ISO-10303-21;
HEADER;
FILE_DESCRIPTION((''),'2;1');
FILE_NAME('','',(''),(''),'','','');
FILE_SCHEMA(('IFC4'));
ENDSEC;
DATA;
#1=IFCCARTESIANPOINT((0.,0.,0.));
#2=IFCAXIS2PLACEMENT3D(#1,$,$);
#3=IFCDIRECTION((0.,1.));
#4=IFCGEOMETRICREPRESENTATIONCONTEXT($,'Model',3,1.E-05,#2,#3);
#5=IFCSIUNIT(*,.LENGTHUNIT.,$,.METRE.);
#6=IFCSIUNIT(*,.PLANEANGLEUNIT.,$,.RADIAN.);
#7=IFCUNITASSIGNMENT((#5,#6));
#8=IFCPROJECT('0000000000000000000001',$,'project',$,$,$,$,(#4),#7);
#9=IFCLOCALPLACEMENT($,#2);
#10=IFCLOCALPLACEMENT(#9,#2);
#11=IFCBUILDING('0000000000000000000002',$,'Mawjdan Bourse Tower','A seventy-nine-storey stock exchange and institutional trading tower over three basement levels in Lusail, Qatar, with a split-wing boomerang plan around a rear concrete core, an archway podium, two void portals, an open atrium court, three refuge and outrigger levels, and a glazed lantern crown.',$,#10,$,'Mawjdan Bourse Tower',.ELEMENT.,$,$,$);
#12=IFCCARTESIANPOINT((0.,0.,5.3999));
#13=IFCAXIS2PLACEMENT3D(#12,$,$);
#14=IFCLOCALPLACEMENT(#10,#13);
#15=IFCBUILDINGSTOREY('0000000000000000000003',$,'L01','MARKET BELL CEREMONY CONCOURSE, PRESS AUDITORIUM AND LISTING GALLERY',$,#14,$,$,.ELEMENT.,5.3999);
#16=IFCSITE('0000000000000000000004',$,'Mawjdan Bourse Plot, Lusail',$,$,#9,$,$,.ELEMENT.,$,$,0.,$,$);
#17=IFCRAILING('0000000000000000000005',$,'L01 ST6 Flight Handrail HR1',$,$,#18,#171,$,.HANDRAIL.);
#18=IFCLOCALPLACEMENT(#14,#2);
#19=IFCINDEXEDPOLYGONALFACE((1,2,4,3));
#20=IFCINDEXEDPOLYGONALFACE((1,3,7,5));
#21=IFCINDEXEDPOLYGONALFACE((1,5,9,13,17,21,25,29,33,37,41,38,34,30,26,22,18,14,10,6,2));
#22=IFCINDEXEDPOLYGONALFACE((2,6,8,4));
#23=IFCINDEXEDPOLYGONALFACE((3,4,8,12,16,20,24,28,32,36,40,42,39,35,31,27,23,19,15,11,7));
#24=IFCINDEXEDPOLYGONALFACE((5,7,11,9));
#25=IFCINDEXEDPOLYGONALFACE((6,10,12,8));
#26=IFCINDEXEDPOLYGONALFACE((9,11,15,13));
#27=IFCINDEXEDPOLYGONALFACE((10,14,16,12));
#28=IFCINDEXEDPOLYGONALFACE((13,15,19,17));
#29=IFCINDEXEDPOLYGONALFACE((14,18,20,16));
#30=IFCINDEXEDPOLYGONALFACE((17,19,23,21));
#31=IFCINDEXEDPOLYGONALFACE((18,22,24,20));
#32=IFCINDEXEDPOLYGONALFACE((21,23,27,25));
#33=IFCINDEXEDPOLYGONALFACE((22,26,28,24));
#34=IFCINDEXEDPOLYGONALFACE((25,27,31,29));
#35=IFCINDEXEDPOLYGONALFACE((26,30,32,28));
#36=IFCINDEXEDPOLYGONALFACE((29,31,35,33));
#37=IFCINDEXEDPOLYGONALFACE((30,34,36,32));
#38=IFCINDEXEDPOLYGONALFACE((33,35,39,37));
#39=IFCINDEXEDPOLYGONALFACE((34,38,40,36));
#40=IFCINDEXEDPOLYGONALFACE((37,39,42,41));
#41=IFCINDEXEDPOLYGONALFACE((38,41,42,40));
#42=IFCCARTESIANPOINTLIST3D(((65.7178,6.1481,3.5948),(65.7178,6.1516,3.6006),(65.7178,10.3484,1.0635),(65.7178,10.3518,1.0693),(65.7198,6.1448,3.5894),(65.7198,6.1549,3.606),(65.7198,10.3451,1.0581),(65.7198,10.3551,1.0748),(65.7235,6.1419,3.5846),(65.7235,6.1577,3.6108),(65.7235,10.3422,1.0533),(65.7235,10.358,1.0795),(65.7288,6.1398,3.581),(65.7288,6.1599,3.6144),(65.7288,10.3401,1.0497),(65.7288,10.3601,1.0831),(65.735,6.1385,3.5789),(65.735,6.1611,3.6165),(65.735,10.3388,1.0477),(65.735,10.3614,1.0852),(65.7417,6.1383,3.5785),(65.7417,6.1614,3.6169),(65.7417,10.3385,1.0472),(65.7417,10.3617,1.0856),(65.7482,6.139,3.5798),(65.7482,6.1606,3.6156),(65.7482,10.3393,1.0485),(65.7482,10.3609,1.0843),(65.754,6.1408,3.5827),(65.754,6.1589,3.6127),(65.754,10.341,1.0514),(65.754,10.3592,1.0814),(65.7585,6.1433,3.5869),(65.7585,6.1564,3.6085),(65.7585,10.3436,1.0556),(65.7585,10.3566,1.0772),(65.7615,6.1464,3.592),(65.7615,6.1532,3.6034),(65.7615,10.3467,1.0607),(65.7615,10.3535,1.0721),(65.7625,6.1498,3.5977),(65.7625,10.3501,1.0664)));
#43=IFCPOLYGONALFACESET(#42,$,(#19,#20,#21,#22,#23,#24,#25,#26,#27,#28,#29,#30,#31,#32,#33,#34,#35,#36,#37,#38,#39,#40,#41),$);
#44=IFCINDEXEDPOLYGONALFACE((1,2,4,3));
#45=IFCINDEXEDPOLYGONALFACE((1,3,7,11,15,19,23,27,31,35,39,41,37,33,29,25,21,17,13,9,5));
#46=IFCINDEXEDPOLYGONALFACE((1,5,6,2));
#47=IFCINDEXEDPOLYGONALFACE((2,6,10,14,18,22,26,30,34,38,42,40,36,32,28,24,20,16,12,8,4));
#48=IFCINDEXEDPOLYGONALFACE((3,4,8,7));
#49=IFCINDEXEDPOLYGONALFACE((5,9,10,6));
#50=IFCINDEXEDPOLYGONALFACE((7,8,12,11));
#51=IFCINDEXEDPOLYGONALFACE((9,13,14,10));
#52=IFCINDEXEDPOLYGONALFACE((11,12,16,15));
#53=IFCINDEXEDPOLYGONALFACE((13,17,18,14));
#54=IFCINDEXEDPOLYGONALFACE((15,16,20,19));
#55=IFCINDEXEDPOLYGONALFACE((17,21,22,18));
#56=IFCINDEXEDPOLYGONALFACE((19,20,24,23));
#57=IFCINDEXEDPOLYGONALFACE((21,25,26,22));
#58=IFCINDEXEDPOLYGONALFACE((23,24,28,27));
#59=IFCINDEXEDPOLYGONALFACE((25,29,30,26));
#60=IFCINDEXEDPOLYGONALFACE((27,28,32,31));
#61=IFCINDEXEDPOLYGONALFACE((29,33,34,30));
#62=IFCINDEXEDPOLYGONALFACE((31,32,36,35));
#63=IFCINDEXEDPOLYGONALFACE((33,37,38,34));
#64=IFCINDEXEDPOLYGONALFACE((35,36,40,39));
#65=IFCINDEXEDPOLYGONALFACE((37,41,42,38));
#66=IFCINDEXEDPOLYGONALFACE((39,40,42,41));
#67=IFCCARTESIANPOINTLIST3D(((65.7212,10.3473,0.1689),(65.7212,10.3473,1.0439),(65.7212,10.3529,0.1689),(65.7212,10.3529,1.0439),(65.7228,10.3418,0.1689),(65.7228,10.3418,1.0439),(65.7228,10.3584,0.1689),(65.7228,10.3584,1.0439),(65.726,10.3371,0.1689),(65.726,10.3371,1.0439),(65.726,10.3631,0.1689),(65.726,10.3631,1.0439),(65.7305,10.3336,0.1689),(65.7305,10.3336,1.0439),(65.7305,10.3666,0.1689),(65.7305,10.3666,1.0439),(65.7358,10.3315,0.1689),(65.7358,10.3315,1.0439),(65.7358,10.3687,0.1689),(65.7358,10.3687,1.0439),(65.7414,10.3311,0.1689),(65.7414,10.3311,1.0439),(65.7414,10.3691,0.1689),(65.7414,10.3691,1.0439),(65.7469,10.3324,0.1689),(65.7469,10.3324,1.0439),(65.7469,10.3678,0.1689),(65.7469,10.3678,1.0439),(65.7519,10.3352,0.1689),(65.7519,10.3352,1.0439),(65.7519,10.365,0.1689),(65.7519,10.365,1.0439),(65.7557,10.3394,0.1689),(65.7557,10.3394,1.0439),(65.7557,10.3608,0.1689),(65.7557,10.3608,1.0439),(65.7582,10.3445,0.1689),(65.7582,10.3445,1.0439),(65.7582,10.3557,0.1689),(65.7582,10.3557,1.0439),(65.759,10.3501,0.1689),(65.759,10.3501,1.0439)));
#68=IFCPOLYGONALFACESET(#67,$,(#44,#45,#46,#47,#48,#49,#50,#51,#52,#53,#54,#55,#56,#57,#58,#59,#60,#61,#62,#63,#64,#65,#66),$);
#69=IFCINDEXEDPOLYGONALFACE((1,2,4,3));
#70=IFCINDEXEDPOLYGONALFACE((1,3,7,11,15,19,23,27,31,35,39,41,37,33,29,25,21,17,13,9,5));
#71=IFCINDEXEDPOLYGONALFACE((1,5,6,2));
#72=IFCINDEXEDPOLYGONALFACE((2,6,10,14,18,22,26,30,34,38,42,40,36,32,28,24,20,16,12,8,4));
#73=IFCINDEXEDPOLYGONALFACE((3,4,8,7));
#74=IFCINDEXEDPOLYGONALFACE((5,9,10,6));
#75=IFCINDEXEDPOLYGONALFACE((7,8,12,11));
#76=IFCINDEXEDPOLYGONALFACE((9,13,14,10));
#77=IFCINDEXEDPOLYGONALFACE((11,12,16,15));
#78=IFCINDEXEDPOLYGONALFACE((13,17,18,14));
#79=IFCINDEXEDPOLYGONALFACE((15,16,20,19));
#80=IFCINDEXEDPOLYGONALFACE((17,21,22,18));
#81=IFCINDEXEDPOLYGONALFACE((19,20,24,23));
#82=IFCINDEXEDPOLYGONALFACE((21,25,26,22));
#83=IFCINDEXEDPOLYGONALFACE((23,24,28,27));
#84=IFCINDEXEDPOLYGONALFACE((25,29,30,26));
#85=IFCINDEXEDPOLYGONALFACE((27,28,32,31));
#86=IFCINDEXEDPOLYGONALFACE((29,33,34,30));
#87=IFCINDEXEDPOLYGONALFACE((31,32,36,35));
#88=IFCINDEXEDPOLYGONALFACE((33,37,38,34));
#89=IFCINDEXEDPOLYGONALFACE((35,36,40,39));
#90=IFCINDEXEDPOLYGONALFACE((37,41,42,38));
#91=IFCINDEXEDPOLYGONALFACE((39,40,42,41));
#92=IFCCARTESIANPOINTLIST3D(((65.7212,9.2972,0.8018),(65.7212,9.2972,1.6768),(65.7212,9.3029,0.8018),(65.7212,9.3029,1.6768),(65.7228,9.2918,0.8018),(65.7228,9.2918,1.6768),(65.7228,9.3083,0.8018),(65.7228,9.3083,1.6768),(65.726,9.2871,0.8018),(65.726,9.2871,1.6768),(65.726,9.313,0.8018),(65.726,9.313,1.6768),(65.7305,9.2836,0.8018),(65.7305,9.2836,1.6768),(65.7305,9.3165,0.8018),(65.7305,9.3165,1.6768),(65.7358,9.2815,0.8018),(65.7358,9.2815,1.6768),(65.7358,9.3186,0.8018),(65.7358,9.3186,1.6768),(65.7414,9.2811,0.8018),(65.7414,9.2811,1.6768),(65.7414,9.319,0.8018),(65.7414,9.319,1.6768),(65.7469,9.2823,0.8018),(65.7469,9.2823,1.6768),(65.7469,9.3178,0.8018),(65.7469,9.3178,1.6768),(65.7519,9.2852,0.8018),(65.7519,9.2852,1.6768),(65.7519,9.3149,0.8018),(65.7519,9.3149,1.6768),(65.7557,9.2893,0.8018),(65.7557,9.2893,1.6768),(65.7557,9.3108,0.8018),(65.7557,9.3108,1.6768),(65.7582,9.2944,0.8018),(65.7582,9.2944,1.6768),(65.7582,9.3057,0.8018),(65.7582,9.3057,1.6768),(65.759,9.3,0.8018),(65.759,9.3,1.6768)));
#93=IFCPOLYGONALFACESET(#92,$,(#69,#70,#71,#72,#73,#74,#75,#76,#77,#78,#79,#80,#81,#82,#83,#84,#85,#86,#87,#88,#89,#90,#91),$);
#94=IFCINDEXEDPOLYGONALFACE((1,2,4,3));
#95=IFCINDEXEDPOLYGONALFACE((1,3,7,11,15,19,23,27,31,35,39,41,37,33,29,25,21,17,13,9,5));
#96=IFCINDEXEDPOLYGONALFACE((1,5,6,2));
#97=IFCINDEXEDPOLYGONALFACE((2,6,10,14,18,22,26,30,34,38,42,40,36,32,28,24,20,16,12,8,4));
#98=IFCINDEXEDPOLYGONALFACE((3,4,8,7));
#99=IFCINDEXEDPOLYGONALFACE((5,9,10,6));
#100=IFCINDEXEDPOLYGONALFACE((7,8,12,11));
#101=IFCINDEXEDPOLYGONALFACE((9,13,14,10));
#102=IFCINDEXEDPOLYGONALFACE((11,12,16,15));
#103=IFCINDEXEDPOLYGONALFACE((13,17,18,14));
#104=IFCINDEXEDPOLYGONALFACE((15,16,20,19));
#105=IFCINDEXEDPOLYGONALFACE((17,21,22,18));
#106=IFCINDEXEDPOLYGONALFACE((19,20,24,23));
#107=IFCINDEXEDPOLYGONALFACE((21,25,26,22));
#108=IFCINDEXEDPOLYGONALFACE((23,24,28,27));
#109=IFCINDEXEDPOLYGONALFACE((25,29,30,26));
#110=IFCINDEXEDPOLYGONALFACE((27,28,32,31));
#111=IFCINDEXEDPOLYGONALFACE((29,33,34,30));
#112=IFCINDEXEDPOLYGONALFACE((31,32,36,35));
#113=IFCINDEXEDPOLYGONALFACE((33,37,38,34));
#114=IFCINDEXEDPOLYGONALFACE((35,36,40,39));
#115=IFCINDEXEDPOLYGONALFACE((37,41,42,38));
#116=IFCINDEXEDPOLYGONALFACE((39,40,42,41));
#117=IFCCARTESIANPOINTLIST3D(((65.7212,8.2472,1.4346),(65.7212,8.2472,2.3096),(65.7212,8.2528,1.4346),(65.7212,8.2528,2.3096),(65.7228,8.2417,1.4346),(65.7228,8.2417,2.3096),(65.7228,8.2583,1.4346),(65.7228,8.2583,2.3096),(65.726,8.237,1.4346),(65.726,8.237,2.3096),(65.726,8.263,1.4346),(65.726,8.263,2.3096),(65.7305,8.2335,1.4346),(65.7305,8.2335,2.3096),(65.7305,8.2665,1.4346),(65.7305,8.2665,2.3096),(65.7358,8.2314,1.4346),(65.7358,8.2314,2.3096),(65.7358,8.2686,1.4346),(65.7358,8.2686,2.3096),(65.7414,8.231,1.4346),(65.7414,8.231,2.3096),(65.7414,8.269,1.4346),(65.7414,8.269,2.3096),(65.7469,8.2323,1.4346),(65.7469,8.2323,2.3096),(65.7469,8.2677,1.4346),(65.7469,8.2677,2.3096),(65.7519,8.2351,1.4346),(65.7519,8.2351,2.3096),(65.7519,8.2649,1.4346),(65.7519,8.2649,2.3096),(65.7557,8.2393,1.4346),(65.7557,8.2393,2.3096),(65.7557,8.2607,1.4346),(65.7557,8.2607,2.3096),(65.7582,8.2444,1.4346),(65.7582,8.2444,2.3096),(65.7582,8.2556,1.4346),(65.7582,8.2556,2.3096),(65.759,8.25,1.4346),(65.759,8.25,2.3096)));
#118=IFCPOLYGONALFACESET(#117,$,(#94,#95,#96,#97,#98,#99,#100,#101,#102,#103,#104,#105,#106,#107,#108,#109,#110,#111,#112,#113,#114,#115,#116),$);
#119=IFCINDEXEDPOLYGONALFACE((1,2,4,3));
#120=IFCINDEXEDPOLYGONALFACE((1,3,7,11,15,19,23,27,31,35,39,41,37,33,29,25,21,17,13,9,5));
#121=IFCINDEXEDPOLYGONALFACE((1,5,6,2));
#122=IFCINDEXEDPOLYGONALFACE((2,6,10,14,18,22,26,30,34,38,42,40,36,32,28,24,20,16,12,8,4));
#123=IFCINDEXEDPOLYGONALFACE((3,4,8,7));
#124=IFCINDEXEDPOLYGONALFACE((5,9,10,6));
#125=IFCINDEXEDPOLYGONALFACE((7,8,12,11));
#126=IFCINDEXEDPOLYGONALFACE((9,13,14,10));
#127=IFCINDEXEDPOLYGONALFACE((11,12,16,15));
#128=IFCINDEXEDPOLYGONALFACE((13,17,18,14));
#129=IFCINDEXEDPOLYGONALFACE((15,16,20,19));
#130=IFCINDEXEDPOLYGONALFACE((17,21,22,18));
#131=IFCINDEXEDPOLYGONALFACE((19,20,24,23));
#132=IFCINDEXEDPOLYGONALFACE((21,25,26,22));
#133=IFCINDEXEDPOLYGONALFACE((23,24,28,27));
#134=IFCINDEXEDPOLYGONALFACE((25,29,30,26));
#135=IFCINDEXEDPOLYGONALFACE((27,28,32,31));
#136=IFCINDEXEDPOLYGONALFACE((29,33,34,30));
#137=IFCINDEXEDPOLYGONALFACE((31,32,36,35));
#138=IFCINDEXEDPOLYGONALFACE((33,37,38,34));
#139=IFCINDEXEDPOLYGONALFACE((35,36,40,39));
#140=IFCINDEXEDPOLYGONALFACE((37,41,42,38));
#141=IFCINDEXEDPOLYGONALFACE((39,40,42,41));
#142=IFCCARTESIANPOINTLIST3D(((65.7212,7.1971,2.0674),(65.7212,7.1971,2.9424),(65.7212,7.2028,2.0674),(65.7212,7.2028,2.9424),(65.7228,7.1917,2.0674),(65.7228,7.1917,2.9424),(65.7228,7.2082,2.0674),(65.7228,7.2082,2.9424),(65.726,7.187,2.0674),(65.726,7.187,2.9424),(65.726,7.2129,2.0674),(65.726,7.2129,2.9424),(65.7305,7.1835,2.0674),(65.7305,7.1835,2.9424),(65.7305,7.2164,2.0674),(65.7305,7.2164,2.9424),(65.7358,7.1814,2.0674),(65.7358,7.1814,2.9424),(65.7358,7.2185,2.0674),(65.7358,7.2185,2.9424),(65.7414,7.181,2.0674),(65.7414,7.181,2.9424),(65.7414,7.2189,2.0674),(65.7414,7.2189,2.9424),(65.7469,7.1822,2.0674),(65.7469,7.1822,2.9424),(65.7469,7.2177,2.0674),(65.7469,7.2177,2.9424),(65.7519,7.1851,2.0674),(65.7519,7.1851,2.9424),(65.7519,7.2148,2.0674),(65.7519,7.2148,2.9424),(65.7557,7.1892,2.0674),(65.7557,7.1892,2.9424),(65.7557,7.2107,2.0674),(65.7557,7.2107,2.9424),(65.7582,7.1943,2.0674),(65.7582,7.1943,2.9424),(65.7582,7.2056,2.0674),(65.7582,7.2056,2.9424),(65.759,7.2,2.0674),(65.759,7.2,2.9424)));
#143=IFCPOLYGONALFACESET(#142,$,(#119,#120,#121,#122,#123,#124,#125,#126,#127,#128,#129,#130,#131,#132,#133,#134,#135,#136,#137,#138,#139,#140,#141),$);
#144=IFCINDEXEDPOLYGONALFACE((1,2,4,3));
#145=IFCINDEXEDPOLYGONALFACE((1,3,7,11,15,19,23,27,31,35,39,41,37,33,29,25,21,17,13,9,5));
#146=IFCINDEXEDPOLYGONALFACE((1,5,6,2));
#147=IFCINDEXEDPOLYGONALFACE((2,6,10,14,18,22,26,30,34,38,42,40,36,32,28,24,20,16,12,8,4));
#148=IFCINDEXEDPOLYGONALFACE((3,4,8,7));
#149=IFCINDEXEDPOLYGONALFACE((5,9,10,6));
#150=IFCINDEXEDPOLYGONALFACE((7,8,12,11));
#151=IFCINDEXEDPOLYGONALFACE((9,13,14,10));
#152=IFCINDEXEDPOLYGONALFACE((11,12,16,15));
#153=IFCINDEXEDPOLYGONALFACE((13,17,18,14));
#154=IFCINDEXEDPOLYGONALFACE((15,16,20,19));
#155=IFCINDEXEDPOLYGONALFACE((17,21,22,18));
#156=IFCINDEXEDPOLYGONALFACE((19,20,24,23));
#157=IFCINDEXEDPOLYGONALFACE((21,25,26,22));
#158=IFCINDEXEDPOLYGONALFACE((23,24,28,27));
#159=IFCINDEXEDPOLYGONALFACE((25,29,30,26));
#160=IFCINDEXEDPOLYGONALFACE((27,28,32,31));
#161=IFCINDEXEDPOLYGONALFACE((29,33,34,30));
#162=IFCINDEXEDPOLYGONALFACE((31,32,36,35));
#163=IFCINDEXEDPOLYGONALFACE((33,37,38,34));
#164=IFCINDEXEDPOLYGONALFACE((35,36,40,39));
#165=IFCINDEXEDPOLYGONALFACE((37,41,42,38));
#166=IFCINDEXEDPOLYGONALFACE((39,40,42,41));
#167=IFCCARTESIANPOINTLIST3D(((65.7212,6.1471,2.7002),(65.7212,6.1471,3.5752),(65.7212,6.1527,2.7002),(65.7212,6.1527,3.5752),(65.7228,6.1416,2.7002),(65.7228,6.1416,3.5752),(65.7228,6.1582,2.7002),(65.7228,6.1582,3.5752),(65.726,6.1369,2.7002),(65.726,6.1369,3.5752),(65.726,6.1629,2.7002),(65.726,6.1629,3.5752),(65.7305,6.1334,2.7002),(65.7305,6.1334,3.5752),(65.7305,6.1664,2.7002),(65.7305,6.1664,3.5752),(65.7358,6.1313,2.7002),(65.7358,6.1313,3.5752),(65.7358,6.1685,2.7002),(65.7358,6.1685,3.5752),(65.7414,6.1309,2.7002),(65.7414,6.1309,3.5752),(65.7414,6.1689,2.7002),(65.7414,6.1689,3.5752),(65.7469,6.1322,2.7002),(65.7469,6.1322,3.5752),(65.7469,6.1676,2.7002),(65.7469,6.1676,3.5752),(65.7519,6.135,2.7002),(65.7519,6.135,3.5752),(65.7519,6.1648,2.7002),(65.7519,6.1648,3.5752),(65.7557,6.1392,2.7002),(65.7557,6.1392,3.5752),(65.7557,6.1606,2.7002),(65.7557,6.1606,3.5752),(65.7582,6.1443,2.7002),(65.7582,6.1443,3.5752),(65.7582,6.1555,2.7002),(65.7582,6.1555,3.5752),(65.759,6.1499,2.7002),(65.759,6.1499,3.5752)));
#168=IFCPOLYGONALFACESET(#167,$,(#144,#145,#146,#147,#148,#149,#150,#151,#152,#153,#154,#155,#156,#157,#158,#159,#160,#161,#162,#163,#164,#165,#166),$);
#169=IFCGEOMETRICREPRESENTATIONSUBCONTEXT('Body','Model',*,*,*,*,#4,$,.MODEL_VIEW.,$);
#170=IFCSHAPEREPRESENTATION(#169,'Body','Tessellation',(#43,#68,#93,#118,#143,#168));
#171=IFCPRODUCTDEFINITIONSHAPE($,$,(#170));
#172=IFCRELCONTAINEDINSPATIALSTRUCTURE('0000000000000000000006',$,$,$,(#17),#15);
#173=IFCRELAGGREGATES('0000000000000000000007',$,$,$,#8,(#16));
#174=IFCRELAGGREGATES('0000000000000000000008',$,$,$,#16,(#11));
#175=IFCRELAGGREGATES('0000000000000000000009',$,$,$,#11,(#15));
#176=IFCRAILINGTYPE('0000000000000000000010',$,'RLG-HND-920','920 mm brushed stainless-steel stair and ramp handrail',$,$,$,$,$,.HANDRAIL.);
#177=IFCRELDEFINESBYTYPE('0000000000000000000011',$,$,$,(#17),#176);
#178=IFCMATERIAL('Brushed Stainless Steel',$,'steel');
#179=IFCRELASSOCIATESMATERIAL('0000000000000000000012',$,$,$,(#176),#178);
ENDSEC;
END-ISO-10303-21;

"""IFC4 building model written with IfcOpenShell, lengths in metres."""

from ifc_helpers import new_model, si_unit, direction, frame, origin, origin_2d, place, context, subcontext, project, spatial, circle, extrude, material, type_object, element, save


model = new_model("IFC4")

# Units and contexts
model_context = context("Model", 3, precision=1e-05, world=origin(), true_north=direction((0.0, 1.0)))
body_context = subcontext(model_context, "Body", "Model", "MODEL_VIEW")
ifc_project = project(units=[si_unit("LENGTHUNIT", "METRE"), si_unit("PLANEANGLEUNIT", "RADIAN")], contexts=[model_context])

# Site, building, storey
site_placement = place(None, origin())
site = spatial("IfcSite", under=ifc_project, at=site_placement, Name="Mawjdan Bourse Plot, Lusail", CompositionType="ELEMENT", RefElevation=0.0)
building_placement = place(site_placement, origin())
building = spatial("IfcBuilding", under=site, at=building_placement, Name="Mawjdan Bourse Tower", Description="A seventy-nine-storey stock exchange and institutional trading tower over three basement levels in Lusail, Qatar, with a split-wing boomerang plan around a rear concrete core, an archway podium, two void portals, an open atrium court, three refuge and outrigger levels, and a glazed lantern crown.", LongName="Mawjdan Bourse Tower", CompositionType="ELEMENT")
storey_placement = place(building_placement, frame((0.0, 0.0, 5.3999)))
storey = spatial("IfcBuildingStorey", under=building, at=storey_placement, Name="L01", Description="MARKET BELL CEREMONY CONCOURSE, PRESS AUDITORIUM AND LISTING GALLERY", CompositionType="ELEMENT", Elevation=5.3999)

# Railing
ifc_material_1 = material(Name="Brushed Stainless Steel", Category="steel")
railing_type_1 = type_object("IfcRailingType", Name="RLG-HND-920", Description="920 mm brushed stainless-steel stair and ramp handrail", PredefinedType="HANDRAIL", material=ifc_material_1)
railing_1_placement = place(storey_placement, frame((65.74, 10.3501, 0.1689)))
element("IfcRailing", 1, at=railing_1_placement, inside=storey, type_object=railing_type_1, Name="L01 ST6 Flight Handrail HR1", PredefinedType="HANDRAIL", context=body_context, shape_type="SweptSolid", body=[
    extrude(circle(Radius=0.0225, at=origin_2d()), frame((0.0, 0.0, 0.8975), z_axis=(0.0, -0.85649, 0.516164), x_axis=(1.0, 0.0, 0.0)), (0.0, 0.0, 1.0), 4.9041),
    extrude(circle(Radius=0.019, at=origin_2d()), origin(), (0.0, 0.0, 1.0), 0.875),
    extrude(circle(Radius=0.019, at=origin_2d()), frame((0.0, -1.05, 0.6328)), (0.0, 0.0, 1.0), 0.875),
    extrude(circle(Radius=0.019, at=origin_2d()), frame((0.0, -2.1001, 1.2656)), (0.0, 0.0, 1.0), 0.875),
    extrude(circle(Radius=0.019, at=origin_2d()), frame((0.0, -3.1501, 1.8984)), (0.0, 0.0, 1.0), 0.875),
    extrude(circle(Radius=0.019, at=origin_2d()), frame((0.0, -4.2002, 2.5312)), (0.0, 0.0, 1.0), 0.875),
])

save(model, "model.ifc")
